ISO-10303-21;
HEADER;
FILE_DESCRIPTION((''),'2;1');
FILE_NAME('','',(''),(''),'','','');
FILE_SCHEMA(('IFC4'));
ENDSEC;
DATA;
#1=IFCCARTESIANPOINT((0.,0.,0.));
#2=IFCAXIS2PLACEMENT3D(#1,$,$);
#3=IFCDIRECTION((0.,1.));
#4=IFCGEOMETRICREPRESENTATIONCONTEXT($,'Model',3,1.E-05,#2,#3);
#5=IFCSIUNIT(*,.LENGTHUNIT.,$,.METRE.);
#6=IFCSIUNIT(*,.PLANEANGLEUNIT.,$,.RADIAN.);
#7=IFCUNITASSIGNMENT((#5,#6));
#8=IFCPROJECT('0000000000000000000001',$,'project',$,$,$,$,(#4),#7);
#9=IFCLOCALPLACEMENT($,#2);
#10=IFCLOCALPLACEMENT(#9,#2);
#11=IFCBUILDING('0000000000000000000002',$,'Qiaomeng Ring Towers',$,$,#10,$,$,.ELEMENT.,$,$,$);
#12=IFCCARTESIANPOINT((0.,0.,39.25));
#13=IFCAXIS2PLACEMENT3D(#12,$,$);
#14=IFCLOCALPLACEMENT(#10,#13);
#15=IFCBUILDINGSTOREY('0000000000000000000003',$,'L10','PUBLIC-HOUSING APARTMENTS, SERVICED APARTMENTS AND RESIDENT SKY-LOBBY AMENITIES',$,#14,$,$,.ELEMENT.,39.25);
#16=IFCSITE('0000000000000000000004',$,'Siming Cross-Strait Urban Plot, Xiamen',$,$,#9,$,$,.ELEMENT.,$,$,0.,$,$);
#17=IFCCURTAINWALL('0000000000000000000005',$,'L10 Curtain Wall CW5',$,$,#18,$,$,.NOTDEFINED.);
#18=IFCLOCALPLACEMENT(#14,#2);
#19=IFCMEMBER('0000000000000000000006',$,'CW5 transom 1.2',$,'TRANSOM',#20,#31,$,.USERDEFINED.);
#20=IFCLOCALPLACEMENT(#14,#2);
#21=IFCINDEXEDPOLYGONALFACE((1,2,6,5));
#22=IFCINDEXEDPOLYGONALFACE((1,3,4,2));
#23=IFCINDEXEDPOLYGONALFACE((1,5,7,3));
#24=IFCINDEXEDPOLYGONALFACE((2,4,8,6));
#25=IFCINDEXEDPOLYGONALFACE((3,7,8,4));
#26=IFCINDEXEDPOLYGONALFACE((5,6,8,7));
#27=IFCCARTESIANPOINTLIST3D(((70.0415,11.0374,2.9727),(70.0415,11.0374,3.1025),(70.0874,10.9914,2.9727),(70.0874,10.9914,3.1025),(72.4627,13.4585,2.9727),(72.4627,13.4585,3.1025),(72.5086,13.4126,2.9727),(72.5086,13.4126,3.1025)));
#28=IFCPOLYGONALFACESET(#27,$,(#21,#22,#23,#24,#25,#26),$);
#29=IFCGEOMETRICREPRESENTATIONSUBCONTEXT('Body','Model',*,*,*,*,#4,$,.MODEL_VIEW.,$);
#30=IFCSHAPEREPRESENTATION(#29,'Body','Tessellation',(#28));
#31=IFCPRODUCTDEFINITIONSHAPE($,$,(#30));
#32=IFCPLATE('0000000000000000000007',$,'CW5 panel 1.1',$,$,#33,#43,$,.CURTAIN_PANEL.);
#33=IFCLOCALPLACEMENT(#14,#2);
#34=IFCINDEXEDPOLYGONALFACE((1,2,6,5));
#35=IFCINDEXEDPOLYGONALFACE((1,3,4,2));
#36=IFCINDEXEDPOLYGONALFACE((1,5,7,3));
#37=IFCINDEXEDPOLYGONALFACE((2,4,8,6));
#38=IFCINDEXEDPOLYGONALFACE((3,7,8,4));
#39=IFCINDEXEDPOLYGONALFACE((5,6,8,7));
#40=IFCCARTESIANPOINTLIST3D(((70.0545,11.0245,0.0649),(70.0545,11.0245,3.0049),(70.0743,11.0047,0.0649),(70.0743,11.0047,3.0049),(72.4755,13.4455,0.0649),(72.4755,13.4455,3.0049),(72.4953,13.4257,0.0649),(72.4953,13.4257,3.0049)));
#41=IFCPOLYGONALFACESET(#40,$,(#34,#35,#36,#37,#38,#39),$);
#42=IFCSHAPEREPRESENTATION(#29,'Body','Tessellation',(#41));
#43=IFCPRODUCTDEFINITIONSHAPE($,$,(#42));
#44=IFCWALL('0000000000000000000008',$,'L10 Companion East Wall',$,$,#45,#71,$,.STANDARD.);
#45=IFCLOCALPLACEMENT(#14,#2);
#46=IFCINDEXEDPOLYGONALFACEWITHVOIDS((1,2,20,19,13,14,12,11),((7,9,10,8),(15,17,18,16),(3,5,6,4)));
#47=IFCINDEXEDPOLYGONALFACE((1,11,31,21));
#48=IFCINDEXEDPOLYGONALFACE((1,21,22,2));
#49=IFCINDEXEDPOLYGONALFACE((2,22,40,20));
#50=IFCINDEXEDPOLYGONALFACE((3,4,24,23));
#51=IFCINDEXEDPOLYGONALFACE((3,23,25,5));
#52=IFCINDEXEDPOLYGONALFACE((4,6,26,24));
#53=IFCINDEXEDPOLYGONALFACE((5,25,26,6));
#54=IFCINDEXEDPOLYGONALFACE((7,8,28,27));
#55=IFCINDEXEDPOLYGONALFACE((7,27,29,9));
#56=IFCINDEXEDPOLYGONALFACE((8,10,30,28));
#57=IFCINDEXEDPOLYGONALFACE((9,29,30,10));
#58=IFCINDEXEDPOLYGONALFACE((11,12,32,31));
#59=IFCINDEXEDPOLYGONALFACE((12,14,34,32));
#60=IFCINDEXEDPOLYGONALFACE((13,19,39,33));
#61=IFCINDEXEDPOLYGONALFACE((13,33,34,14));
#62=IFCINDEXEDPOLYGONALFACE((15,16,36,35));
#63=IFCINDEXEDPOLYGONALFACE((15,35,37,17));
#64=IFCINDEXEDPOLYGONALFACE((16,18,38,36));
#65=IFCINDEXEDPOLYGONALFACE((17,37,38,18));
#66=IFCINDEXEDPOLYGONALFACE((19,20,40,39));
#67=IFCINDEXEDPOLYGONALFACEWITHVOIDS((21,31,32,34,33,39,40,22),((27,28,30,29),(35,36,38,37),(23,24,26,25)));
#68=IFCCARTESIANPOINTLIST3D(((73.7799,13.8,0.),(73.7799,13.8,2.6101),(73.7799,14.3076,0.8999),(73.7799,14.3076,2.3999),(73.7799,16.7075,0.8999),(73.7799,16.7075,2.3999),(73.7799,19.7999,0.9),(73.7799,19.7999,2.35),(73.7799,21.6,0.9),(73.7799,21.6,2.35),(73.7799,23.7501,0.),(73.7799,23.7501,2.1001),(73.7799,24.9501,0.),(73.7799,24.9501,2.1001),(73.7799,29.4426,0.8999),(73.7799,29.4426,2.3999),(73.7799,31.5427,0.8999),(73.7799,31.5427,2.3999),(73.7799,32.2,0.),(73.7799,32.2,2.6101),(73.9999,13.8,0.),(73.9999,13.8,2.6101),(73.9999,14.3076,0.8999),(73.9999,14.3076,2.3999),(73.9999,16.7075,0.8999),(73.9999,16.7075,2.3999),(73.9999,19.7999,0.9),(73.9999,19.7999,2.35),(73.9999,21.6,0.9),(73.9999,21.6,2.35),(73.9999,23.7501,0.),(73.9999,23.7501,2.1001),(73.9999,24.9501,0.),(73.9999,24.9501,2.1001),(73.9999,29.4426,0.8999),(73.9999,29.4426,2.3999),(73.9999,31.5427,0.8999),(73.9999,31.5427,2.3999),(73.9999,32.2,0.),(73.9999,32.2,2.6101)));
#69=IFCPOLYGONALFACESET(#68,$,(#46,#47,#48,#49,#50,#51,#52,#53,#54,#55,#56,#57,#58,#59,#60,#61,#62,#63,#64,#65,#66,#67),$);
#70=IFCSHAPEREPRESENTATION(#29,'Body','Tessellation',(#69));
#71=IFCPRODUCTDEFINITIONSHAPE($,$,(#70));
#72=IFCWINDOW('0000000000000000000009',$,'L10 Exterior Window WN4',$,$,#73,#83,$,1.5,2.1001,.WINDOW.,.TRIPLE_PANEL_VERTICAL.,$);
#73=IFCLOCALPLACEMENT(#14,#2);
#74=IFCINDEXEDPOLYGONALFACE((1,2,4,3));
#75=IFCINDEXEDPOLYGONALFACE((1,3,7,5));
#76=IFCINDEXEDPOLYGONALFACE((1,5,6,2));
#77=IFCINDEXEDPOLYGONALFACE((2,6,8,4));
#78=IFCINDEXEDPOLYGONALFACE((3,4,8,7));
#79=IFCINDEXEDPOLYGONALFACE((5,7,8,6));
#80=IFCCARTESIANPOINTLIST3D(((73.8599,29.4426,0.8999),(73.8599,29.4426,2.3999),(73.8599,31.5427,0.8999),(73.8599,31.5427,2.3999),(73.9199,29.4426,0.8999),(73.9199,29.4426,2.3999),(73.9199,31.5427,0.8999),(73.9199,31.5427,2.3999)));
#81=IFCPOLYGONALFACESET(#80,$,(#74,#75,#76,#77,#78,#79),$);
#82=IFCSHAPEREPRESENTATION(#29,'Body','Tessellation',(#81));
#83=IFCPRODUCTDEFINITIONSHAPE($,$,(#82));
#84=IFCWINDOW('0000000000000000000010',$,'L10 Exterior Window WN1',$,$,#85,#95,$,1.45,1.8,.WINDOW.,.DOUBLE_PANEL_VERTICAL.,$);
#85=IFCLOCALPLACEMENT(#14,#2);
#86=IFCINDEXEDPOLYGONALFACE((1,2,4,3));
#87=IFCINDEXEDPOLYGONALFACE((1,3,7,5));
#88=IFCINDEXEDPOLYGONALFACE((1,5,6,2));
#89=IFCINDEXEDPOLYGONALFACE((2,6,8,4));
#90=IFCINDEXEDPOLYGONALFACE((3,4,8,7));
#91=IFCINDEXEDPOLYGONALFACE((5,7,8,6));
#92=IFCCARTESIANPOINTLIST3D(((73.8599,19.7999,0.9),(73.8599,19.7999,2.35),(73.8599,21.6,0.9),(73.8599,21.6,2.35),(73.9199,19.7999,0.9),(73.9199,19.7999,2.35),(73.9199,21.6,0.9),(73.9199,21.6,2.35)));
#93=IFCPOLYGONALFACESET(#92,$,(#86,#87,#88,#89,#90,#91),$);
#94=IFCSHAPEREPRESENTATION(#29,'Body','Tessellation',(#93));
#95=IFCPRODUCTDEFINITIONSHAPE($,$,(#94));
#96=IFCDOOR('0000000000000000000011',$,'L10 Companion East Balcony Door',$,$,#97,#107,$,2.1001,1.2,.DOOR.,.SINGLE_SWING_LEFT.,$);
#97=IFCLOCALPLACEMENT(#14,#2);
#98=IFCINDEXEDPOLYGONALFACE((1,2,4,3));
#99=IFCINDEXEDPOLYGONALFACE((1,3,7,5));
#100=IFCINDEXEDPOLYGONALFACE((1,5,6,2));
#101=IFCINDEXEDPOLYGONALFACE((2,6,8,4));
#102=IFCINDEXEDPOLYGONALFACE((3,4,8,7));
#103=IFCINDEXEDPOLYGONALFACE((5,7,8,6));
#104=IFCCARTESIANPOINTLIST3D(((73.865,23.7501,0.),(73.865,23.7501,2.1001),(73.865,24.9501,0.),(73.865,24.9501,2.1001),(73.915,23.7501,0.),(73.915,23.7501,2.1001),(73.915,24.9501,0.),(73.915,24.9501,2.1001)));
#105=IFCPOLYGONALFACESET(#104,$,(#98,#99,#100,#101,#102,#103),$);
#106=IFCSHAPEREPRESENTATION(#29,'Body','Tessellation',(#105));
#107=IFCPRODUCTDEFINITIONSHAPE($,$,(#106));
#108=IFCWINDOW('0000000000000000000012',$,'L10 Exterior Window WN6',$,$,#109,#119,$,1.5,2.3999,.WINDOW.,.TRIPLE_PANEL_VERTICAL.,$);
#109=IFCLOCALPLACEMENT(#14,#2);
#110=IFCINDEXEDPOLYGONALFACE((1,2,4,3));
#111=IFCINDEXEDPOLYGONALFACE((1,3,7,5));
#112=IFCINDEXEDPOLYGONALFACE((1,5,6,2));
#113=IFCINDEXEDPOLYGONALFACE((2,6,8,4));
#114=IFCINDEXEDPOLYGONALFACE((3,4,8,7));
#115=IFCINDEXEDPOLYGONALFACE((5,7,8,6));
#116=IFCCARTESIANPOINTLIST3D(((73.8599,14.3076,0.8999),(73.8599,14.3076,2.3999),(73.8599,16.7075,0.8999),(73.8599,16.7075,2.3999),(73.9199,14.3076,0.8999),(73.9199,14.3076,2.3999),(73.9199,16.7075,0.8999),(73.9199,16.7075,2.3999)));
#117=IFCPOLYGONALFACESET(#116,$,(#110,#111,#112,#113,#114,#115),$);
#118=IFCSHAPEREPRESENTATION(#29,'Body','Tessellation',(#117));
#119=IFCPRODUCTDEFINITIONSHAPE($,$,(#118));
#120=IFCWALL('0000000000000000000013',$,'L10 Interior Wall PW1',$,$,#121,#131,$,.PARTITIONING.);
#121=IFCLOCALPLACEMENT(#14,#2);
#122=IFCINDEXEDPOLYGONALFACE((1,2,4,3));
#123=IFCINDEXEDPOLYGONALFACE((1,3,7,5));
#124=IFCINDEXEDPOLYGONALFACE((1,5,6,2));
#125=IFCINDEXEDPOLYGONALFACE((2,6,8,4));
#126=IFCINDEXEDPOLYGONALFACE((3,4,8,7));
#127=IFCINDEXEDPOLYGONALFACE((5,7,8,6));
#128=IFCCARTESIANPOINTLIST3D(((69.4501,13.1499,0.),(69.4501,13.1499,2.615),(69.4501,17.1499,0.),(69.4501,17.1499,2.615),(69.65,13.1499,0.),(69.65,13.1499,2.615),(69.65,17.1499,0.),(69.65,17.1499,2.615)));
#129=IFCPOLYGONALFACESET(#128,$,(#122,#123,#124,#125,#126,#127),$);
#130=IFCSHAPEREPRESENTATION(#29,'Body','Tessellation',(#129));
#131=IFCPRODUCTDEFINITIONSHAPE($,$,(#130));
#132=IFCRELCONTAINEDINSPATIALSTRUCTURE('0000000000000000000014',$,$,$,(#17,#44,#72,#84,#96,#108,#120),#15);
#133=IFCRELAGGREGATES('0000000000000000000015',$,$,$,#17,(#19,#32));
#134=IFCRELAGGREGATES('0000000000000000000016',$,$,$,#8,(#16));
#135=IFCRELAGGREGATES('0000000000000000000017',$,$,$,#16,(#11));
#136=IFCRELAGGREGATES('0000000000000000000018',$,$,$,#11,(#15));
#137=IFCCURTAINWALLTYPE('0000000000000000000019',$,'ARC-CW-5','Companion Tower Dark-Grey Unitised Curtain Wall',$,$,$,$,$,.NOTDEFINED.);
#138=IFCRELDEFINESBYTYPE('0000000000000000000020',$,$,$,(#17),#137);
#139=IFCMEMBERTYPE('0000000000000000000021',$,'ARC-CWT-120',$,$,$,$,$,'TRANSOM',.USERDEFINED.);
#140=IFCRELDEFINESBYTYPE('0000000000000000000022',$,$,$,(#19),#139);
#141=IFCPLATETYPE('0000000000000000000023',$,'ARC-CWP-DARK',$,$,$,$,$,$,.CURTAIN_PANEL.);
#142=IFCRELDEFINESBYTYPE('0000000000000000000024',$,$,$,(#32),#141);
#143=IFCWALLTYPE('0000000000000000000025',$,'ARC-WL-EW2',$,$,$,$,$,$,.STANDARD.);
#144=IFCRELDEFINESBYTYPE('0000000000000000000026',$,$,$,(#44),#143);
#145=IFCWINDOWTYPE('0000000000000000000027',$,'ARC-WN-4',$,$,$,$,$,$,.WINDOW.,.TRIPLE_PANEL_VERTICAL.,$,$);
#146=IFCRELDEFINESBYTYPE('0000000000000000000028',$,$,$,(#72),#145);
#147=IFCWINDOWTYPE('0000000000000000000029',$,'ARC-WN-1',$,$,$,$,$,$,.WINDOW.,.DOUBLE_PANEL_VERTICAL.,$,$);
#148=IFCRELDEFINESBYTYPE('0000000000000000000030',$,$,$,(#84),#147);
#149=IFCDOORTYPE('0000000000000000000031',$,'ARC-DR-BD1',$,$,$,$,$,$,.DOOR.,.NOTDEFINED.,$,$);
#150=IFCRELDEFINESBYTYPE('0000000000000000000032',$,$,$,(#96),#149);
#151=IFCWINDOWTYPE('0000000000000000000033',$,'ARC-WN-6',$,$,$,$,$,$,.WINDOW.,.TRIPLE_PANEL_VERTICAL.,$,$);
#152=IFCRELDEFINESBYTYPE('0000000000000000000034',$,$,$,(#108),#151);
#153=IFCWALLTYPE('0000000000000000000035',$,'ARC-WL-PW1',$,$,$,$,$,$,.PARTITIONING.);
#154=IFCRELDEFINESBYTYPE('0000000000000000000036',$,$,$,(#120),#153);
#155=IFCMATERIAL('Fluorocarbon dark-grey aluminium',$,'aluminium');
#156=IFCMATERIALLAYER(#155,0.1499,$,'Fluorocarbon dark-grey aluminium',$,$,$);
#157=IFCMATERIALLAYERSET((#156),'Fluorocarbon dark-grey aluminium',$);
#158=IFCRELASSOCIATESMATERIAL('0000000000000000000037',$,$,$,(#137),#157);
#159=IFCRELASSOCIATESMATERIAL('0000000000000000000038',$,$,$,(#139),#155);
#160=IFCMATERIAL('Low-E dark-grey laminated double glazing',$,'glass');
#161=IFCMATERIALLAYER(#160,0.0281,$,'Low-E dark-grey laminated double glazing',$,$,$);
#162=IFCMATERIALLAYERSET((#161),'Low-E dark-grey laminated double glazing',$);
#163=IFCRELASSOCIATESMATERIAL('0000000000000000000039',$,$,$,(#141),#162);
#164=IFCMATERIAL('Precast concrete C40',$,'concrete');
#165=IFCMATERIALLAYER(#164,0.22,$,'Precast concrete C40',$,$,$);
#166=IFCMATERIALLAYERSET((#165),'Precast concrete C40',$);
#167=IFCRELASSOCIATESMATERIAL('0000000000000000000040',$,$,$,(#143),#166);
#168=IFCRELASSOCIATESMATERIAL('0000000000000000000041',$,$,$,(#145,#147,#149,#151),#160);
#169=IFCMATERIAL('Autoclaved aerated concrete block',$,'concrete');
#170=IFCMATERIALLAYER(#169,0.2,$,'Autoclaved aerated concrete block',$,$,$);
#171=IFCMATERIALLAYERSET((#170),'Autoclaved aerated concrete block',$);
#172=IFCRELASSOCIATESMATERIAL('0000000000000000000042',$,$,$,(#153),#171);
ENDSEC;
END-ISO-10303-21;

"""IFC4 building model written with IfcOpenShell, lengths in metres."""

from ifc_helpers import new_model, si_unit, direction, frame, frame_2d, origin, origin_2d, place, context, subcontext, project, spatial, rectangle, extrude, source, transform, mapped, material, layer, layer_set, material_profile, profile_set, type_object, element, fill, aggregate, save


model = new_model("IFC4")

# Units and contexts
model_context = context("Model", 3, precision=1e-05, world=origin(), true_north=direction((0.0, 1.0)))
body_context = subcontext(model_context, "Body", "Model", "MODEL_VIEW")
ifc_project = project(units=[si_unit("LENGTHUNIT", "METRE"), si_unit("PLANEANGLEUNIT", "RADIAN")], contexts=[model_context])

# Site, building, storey
site_placement = place(None, origin())
site = spatial("IfcSite", under=ifc_project, at=site_placement, Name="Siming Cross-Strait Urban Plot, Xiamen", CompositionType="ELEMENT", RefElevation=0.0)
building_placement = place(site_placement, origin())
building = spatial("IfcBuilding", under=site, at=building_placement, Name="Qiaomeng Ring Towers", CompositionType="ELEMENT")
storey_placement = place(building_placement, frame((0.0, 0.0, 39.25)))
storey = spatial("IfcBuildingStorey", under=building, at=storey_placement, Name="L10", Description="PUBLIC-HOUSING APARTMENTS, SERVICED APARTMENTS AND RESIDENT SKY-LOBBY AMENITIES", CompositionType="ELEMENT", Elevation=39.25)

# Curtain wall
ifc_material_1 = material(Name="Fluorocarbon dark-grey aluminium", Category="aluminium")
ifc_layer_1 = layer(ifc_material_1, 0.1499, Name="Fluorocarbon dark-grey aluminium")
ifc_layer_set_1 = layer_set([ifc_layer_1], Name="Fluorocarbon dark-grey aluminium")
curtain_wall_type = type_object("IfcCurtainWallType", Name="ARC-CW-5", Description="Companion Tower Dark-Grey Unitised Curtain Wall", PredefinedType="NOTDEFINED", material=ifc_layer_set_1)
curtain_wall_1_placement = place(storey_placement, origin())
curtain_wall_1 = element("IfcCurtainWall", 1, at=curtain_wall_1_placement, inside=storey, type_object=curtain_wall_type, Name="L10 Curtain Wall CW5", PredefinedType="NOTDEFINED")

# Member
ifc_material_profile_1 = material_profile(ifc_material_1, rectangle(XDim=0.0649, YDim=0.1299, at=origin_2d()), Name="ALU TRAN 65x130")
ifc_profile_set_1 = profile_set([ifc_material_profile_1], Name="Fluorocarbon dark-grey aluminium")
member_type_1 = type_object("IfcMemberType", Name="ARC-CWT-120", ElementType="TRANSOM", PredefinedType="USERDEFINED", material=ifc_profile_set_1)
shared_shape_1 = source(origin(), body_context, "Body", "SweptSolid", [
    extrude(rectangle(XDim=0.0649, YDim=0.1299, at=origin_2d()), origin(), (0.0, 0.0, 1.0), 3.4241),
])
member_1_placement = place(storey_placement, frame((70.0645, 11.0144, 3.0376), z_axis=(0.707107, 0.707107, 0.0), x_axis=(-0.707107, 0.707107, 0.0)))
member_1 = element("IfcMember", 2, at=member_1_placement, type_object=member_type_1, Name="CW5 transom 1.2", ObjectType="TRANSOM", PredefinedType="USERDEFINED", context=body_context, shape_type="MappedRepresentation", body=[
    mapped(shared_shape_1, transform((0.0, 0.0, 0.0), x_axis=(1.0, 0.0, 0.0), y_axis=(0.0, 1.0, 0.0), z_axis=(0.0, 0.0, 1.0), scale=1.0)),
])

# Plate
ifc_material_2 = material(Name="Low-E dark-grey laminated double glazing", Category="glass")
ifc_layer_2 = layer(ifc_material_2, 0.0281, Name="Low-E dark-grey laminated double glazing")
ifc_layer_set_2 = layer_set([ifc_layer_2], Name="Low-E dark-grey laminated double glazing")
plate_type = type_object("IfcPlateType", Name="ARC-CWP-DARK", PredefinedType="CURTAIN_PANEL", material=ifc_layer_set_2)
shared_shape_2 = source(origin(), body_context, "Body", "SweptSolid", [
    extrude(rectangle(XDim=3.4238, YDim=0.0281, at=origin_2d()), origin(), (0.0, 0.0, 1.0), 2.9399),
])
plate_placement = place(storey_placement, frame((71.2749, 12.2251, 0.0649), z_axis=(0.0, 0.0, 1.0), x_axis=(0.707107, 0.707107, 0.0)))
plate = element("IfcPlate", 3, at=plate_placement, type_object=plate_type, Name="CW5 panel 1.1", PredefinedType="CURTAIN_PANEL", context=body_context, shape_type="MappedRepresentation", body=[
    mapped(shared_shape_2, transform((0.0, 0.0, 0.0), x_axis=(1.0, 0.0, 0.0), y_axis=(0.0, 1.0, 0.0), z_axis=(0.0, 0.0, 1.0), scale=1.0)),
])
aggregate(curtain_wall_1, [member_1, plate])

# Wall, openings, windows, door
ifc_material_3 = material(Name="Precast concrete C40", Category="concrete")
ifc_layer_3 = layer(ifc_material_3, 0.22, Name="Precast concrete C40")
ifc_layer_set_3 = layer_set([ifc_layer_3], Name="Precast concrete C40")
wall_type_1 = type_object("IfcWallType", Name="ARC-WL-EW2", PredefinedType="STANDARD", material=ifc_layer_set_3)
wall_1_placement = place(storey_placement, frame((73.8899, 13.8, 0.0), z_axis=(0.0, 0.0, 1.0), x_axis=(0.0, 1.0, 0.0)))
wall_1 = element("IfcWall", 4, at=wall_1_placement, inside=storey, type_object=wall_type_1, Name="L10 Companion East Wall", PredefinedType="STANDARD", context=body_context, shape_type="SweptSolid", body=[
    extrude(rectangle(XDim=18.3999, YDim=0.22, at=frame_2d((9.2, 0.0))), origin(), (0.0, 0.0, 1.0), 2.6101),
])
opening_1_placement = place(wall_1_placement, frame((9.95, 0.0, 0.0)))
opening_1 = element("IfcOpeningElement", 5, at=opening_1_placement, cuts=wall_1, PredefinedType="OPENING", context=body_context, shape_type="SweptSolid", body=[
    extrude(rectangle(XDim=1.2, YDim=2.1001, at=frame_2d((0.6001, 1.05))), frame((0.0, 0.1199, 0.0), z_axis=(0.0, -1.0, 0.0), x_axis=(1.0, 0.0, 0.0)), (0.0, 0.0, 1.0), 0.24),
])
opening_2_placement = place(wall_1_placement, frame((0.5076, 0.0, 0.8999)))
opening_2 = element("IfcOpeningElement", 6, at=opening_2_placement, cuts=wall_1, PredefinedType="OPENING", context=body_context, shape_type="SweptSolid", body=[
    extrude(rectangle(XDim=2.3999, YDim=1.5, at=frame_2d((1.2, 0.75))), frame((0.0, 0.1199, 0.0), z_axis=(0.0, -1.0, 0.0), x_axis=(1.0, 0.0, 0.0)), (0.0, 0.0, 1.0), 0.24),
])
opening_3_placement = place(wall_1_placement, frame((6.0, 0.0, 0.8999)))
opening_3 = element("IfcOpeningElement", 7, at=opening_3_placement, cuts=wall_1, PredefinedType="OPENING", context=body_context, shape_type="SweptSolid", body=[
    extrude(rectangle(XDim=1.8, YDim=1.45, at=frame_2d((0.8999, 0.7251))), frame((0.0, 0.1199, 0.0), z_axis=(0.0, -1.0, 0.0), x_axis=(1.0, 0.0, 0.0)), (0.0, 0.0, 1.0), 0.24),
])
opening_4_placement = place(wall_1_placement, frame((15.6426, 0.0, 0.8999)))
opening_4 = element("IfcOpeningElement", 8, at=opening_4_placement, cuts=wall_1, PredefinedType="OPENING", context=body_context, shape_type="SweptSolid", body=[
    extrude(rectangle(XDim=2.1001, YDim=1.5, at=frame_2d((1.05, 0.75))), frame((0.0, 0.1199, 0.0), z_axis=(0.0, -1.0, 0.0), x_axis=(1.0, 0.0, 0.0)), (0.0, 0.0, 1.0), 0.24),
])
window_type_1 = type_object("IfcWindowType", Name="ARC-WN-4", PartitioningType="TRIPLE_PANEL_VERTICAL", PredefinedType="WINDOW", material=ifc_material_2)
shared_shape_3 = source(origin(), body_context, "Body", "SweptSolid", [
    extrude(rectangle(XDim=2.1001, YDim=1.5, at=frame_2d((1.05, 0.75))), frame((0.0, 0.03, 0.0), z_axis=(0.0, -1.0, 0.0), x_axis=(1.0, 0.0, 0.0)), (0.0, 0.0, 1.0), 0.0601),
])
window_1_placement = place(opening_4_placement, origin())
window_1 = element("IfcWindow", 9, at=window_1_placement, inside=storey, type_object=window_type_1, Name="L10 Exterior Window WN4", OverallHeight=1.5, OverallWidth=2.1001, PartitioningType="TRIPLE_PANEL_VERTICAL", PredefinedType="WINDOW", context=body_context, shape_type="MappedRepresentation", body=[
    mapped(shared_shape_3, transform((0.0, 0.0, 0.0), x_axis=(1.0, 0.0, 0.0), y_axis=(0.0, 1.0, 0.0), z_axis=(0.0, 0.0, 1.0), scale=1.0)),
])
fill(opening_4, window_1)
window_type_2 = type_object("IfcWindowType", Name="ARC-WN-1", PartitioningType="DOUBLE_PANEL_VERTICAL", PredefinedType="WINDOW", material=ifc_material_2)
shared_shape_4 = source(origin(), body_context, "Body", "SweptSolid", [
    extrude(rectangle(XDim=1.8, YDim=1.45, at=frame_2d((0.8999, 0.7251))), frame((0.0, 0.03, 0.0), z_axis=(0.0, -1.0, 0.0), x_axis=(1.0, 0.0, 0.0)), (0.0, 0.0, 1.0), 0.0601),
])
window_2_placement = place(opening_3_placement, origin())
window_2 = element("IfcWindow", 10, at=window_2_placement, inside=storey, type_object=window_type_2, Name="L10 Exterior Window WN1", OverallHeight=1.45, OverallWidth=1.8, PartitioningType="DOUBLE_PANEL_VERTICAL", PredefinedType="WINDOW", context=body_context, shape_type="MappedRepresentation", body=[
    mapped(shared_shape_4, transform((0.0, 0.0, 0.0), x_axis=(1.0, 0.0, 0.0), y_axis=(0.0, 1.0, 0.0), z_axis=(0.0, 0.0, 1.0), scale=1.0)),
])
fill(opening_3, window_2)
door_type_1 = type_object("IfcDoorType", Name="ARC-DR-BD1", OperationType="NOTDEFINED", PredefinedType="DOOR", material=ifc_material_2)
shared_shape_5 = source(origin(), body_context, "Body", "SweptSolid", [
    extrude(rectangle(XDim=1.2, YDim=2.1001, at=frame_2d((0.6001, 1.05))), frame((0.0, 0.0249, 0.0), z_axis=(0.0, -1.0, 0.0), x_axis=(1.0, 0.0, 0.0)), (0.0, 0.0, 1.0), 0.05),
])
door_1_placement = place(opening_1_placement, origin())
door_1 = element("IfcDoor", 11, at=door_1_placement, inside=storey, type_object=door_type_1, Name="L10 Companion East Balcony Door", OperationType="SINGLE_SWING_LEFT", OverallHeight=2.1001, OverallWidth=1.2, PredefinedType="DOOR", context=body_context, shape_type="MappedRepresentation", body=[
    mapped(shared_shape_5, transform((0.0, 0.0, 0.0), x_axis=(1.0, 0.0, 0.0), y_axis=(0.0, 1.0, 0.0), z_axis=(0.0, 0.0, 1.0), scale=1.0)),
])
fill(opening_1, door_1)
window_type_3 = type_object("IfcWindowType", Name="ARC-WN-6", PartitioningType="TRIPLE_PANEL_VERTICAL", PredefinedType="WINDOW", material=ifc_material_2)
shared_shape_6 = source(origin(), body_context, "Body", "SweptSolid", [
    extrude(rectangle(XDim=2.3999, YDim=1.5, at=frame_2d((1.2, 0.75))), frame((0.0, 0.03, 0.0), z_axis=(0.0, -1.0, 0.0), x_axis=(1.0, 0.0, 0.0)), (0.0, 0.0, 1.0), 0.0601),
])
window_3_placement = place(opening_2_placement, origin())
window_3 = element("IfcWindow", 12, at=window_3_placement, inside=storey, type_object=window_type_3, Name="L10 Exterior Window WN6", OverallHeight=1.5, OverallWidth=2.3999, PartitioningType="TRIPLE_PANEL_VERTICAL", PredefinedType="WINDOW", context=body_context, shape_type="MappedRepresentation", body=[
    mapped(shared_shape_6, transform((0.0, 0.0, 0.0), x_axis=(1.0, 0.0, 0.0), y_axis=(0.0, 1.0, 0.0), z_axis=(0.0, 0.0, 1.0), scale=1.0)),
])
fill(opening_2, window_3)

# Wall
ifc_material_4 = material(Name="Autoclaved aerated concrete block", Category="concrete")
ifc_layer_4 = layer(ifc_material_4, 0.2, Name="Autoclaved aerated concrete block")
ifc_layer_set_4 = layer_set([ifc_layer_4], Name="Autoclaved aerated concrete block")
wall_type_2 = type_object("IfcWallType", Name="ARC-WL-PW1", PredefinedType="PARTITIONING", material=ifc_layer_set_4)
wall_2_placement = place(storey_placement, frame((69.55, 13.1499, 0.0), z_axis=(0.0, 0.0, 1.0), x_axis=(0.0, 1.0, 0.0)))
element("IfcWall", 13, at=wall_2_placement, inside=storey, type_object=wall_type_2, Name="L10 Interior Wall PW1", PredefinedType="PARTITIONING", context=body_context, shape_type="SweptSolid", body=[
    extrude(rectangle(XDim=4.0, YDim=0.2, at=frame_2d((2.0, 0.0))), origin(), (0.0, 0.0, 1.0), 2.615),
])

save(model, "model.ifc")
